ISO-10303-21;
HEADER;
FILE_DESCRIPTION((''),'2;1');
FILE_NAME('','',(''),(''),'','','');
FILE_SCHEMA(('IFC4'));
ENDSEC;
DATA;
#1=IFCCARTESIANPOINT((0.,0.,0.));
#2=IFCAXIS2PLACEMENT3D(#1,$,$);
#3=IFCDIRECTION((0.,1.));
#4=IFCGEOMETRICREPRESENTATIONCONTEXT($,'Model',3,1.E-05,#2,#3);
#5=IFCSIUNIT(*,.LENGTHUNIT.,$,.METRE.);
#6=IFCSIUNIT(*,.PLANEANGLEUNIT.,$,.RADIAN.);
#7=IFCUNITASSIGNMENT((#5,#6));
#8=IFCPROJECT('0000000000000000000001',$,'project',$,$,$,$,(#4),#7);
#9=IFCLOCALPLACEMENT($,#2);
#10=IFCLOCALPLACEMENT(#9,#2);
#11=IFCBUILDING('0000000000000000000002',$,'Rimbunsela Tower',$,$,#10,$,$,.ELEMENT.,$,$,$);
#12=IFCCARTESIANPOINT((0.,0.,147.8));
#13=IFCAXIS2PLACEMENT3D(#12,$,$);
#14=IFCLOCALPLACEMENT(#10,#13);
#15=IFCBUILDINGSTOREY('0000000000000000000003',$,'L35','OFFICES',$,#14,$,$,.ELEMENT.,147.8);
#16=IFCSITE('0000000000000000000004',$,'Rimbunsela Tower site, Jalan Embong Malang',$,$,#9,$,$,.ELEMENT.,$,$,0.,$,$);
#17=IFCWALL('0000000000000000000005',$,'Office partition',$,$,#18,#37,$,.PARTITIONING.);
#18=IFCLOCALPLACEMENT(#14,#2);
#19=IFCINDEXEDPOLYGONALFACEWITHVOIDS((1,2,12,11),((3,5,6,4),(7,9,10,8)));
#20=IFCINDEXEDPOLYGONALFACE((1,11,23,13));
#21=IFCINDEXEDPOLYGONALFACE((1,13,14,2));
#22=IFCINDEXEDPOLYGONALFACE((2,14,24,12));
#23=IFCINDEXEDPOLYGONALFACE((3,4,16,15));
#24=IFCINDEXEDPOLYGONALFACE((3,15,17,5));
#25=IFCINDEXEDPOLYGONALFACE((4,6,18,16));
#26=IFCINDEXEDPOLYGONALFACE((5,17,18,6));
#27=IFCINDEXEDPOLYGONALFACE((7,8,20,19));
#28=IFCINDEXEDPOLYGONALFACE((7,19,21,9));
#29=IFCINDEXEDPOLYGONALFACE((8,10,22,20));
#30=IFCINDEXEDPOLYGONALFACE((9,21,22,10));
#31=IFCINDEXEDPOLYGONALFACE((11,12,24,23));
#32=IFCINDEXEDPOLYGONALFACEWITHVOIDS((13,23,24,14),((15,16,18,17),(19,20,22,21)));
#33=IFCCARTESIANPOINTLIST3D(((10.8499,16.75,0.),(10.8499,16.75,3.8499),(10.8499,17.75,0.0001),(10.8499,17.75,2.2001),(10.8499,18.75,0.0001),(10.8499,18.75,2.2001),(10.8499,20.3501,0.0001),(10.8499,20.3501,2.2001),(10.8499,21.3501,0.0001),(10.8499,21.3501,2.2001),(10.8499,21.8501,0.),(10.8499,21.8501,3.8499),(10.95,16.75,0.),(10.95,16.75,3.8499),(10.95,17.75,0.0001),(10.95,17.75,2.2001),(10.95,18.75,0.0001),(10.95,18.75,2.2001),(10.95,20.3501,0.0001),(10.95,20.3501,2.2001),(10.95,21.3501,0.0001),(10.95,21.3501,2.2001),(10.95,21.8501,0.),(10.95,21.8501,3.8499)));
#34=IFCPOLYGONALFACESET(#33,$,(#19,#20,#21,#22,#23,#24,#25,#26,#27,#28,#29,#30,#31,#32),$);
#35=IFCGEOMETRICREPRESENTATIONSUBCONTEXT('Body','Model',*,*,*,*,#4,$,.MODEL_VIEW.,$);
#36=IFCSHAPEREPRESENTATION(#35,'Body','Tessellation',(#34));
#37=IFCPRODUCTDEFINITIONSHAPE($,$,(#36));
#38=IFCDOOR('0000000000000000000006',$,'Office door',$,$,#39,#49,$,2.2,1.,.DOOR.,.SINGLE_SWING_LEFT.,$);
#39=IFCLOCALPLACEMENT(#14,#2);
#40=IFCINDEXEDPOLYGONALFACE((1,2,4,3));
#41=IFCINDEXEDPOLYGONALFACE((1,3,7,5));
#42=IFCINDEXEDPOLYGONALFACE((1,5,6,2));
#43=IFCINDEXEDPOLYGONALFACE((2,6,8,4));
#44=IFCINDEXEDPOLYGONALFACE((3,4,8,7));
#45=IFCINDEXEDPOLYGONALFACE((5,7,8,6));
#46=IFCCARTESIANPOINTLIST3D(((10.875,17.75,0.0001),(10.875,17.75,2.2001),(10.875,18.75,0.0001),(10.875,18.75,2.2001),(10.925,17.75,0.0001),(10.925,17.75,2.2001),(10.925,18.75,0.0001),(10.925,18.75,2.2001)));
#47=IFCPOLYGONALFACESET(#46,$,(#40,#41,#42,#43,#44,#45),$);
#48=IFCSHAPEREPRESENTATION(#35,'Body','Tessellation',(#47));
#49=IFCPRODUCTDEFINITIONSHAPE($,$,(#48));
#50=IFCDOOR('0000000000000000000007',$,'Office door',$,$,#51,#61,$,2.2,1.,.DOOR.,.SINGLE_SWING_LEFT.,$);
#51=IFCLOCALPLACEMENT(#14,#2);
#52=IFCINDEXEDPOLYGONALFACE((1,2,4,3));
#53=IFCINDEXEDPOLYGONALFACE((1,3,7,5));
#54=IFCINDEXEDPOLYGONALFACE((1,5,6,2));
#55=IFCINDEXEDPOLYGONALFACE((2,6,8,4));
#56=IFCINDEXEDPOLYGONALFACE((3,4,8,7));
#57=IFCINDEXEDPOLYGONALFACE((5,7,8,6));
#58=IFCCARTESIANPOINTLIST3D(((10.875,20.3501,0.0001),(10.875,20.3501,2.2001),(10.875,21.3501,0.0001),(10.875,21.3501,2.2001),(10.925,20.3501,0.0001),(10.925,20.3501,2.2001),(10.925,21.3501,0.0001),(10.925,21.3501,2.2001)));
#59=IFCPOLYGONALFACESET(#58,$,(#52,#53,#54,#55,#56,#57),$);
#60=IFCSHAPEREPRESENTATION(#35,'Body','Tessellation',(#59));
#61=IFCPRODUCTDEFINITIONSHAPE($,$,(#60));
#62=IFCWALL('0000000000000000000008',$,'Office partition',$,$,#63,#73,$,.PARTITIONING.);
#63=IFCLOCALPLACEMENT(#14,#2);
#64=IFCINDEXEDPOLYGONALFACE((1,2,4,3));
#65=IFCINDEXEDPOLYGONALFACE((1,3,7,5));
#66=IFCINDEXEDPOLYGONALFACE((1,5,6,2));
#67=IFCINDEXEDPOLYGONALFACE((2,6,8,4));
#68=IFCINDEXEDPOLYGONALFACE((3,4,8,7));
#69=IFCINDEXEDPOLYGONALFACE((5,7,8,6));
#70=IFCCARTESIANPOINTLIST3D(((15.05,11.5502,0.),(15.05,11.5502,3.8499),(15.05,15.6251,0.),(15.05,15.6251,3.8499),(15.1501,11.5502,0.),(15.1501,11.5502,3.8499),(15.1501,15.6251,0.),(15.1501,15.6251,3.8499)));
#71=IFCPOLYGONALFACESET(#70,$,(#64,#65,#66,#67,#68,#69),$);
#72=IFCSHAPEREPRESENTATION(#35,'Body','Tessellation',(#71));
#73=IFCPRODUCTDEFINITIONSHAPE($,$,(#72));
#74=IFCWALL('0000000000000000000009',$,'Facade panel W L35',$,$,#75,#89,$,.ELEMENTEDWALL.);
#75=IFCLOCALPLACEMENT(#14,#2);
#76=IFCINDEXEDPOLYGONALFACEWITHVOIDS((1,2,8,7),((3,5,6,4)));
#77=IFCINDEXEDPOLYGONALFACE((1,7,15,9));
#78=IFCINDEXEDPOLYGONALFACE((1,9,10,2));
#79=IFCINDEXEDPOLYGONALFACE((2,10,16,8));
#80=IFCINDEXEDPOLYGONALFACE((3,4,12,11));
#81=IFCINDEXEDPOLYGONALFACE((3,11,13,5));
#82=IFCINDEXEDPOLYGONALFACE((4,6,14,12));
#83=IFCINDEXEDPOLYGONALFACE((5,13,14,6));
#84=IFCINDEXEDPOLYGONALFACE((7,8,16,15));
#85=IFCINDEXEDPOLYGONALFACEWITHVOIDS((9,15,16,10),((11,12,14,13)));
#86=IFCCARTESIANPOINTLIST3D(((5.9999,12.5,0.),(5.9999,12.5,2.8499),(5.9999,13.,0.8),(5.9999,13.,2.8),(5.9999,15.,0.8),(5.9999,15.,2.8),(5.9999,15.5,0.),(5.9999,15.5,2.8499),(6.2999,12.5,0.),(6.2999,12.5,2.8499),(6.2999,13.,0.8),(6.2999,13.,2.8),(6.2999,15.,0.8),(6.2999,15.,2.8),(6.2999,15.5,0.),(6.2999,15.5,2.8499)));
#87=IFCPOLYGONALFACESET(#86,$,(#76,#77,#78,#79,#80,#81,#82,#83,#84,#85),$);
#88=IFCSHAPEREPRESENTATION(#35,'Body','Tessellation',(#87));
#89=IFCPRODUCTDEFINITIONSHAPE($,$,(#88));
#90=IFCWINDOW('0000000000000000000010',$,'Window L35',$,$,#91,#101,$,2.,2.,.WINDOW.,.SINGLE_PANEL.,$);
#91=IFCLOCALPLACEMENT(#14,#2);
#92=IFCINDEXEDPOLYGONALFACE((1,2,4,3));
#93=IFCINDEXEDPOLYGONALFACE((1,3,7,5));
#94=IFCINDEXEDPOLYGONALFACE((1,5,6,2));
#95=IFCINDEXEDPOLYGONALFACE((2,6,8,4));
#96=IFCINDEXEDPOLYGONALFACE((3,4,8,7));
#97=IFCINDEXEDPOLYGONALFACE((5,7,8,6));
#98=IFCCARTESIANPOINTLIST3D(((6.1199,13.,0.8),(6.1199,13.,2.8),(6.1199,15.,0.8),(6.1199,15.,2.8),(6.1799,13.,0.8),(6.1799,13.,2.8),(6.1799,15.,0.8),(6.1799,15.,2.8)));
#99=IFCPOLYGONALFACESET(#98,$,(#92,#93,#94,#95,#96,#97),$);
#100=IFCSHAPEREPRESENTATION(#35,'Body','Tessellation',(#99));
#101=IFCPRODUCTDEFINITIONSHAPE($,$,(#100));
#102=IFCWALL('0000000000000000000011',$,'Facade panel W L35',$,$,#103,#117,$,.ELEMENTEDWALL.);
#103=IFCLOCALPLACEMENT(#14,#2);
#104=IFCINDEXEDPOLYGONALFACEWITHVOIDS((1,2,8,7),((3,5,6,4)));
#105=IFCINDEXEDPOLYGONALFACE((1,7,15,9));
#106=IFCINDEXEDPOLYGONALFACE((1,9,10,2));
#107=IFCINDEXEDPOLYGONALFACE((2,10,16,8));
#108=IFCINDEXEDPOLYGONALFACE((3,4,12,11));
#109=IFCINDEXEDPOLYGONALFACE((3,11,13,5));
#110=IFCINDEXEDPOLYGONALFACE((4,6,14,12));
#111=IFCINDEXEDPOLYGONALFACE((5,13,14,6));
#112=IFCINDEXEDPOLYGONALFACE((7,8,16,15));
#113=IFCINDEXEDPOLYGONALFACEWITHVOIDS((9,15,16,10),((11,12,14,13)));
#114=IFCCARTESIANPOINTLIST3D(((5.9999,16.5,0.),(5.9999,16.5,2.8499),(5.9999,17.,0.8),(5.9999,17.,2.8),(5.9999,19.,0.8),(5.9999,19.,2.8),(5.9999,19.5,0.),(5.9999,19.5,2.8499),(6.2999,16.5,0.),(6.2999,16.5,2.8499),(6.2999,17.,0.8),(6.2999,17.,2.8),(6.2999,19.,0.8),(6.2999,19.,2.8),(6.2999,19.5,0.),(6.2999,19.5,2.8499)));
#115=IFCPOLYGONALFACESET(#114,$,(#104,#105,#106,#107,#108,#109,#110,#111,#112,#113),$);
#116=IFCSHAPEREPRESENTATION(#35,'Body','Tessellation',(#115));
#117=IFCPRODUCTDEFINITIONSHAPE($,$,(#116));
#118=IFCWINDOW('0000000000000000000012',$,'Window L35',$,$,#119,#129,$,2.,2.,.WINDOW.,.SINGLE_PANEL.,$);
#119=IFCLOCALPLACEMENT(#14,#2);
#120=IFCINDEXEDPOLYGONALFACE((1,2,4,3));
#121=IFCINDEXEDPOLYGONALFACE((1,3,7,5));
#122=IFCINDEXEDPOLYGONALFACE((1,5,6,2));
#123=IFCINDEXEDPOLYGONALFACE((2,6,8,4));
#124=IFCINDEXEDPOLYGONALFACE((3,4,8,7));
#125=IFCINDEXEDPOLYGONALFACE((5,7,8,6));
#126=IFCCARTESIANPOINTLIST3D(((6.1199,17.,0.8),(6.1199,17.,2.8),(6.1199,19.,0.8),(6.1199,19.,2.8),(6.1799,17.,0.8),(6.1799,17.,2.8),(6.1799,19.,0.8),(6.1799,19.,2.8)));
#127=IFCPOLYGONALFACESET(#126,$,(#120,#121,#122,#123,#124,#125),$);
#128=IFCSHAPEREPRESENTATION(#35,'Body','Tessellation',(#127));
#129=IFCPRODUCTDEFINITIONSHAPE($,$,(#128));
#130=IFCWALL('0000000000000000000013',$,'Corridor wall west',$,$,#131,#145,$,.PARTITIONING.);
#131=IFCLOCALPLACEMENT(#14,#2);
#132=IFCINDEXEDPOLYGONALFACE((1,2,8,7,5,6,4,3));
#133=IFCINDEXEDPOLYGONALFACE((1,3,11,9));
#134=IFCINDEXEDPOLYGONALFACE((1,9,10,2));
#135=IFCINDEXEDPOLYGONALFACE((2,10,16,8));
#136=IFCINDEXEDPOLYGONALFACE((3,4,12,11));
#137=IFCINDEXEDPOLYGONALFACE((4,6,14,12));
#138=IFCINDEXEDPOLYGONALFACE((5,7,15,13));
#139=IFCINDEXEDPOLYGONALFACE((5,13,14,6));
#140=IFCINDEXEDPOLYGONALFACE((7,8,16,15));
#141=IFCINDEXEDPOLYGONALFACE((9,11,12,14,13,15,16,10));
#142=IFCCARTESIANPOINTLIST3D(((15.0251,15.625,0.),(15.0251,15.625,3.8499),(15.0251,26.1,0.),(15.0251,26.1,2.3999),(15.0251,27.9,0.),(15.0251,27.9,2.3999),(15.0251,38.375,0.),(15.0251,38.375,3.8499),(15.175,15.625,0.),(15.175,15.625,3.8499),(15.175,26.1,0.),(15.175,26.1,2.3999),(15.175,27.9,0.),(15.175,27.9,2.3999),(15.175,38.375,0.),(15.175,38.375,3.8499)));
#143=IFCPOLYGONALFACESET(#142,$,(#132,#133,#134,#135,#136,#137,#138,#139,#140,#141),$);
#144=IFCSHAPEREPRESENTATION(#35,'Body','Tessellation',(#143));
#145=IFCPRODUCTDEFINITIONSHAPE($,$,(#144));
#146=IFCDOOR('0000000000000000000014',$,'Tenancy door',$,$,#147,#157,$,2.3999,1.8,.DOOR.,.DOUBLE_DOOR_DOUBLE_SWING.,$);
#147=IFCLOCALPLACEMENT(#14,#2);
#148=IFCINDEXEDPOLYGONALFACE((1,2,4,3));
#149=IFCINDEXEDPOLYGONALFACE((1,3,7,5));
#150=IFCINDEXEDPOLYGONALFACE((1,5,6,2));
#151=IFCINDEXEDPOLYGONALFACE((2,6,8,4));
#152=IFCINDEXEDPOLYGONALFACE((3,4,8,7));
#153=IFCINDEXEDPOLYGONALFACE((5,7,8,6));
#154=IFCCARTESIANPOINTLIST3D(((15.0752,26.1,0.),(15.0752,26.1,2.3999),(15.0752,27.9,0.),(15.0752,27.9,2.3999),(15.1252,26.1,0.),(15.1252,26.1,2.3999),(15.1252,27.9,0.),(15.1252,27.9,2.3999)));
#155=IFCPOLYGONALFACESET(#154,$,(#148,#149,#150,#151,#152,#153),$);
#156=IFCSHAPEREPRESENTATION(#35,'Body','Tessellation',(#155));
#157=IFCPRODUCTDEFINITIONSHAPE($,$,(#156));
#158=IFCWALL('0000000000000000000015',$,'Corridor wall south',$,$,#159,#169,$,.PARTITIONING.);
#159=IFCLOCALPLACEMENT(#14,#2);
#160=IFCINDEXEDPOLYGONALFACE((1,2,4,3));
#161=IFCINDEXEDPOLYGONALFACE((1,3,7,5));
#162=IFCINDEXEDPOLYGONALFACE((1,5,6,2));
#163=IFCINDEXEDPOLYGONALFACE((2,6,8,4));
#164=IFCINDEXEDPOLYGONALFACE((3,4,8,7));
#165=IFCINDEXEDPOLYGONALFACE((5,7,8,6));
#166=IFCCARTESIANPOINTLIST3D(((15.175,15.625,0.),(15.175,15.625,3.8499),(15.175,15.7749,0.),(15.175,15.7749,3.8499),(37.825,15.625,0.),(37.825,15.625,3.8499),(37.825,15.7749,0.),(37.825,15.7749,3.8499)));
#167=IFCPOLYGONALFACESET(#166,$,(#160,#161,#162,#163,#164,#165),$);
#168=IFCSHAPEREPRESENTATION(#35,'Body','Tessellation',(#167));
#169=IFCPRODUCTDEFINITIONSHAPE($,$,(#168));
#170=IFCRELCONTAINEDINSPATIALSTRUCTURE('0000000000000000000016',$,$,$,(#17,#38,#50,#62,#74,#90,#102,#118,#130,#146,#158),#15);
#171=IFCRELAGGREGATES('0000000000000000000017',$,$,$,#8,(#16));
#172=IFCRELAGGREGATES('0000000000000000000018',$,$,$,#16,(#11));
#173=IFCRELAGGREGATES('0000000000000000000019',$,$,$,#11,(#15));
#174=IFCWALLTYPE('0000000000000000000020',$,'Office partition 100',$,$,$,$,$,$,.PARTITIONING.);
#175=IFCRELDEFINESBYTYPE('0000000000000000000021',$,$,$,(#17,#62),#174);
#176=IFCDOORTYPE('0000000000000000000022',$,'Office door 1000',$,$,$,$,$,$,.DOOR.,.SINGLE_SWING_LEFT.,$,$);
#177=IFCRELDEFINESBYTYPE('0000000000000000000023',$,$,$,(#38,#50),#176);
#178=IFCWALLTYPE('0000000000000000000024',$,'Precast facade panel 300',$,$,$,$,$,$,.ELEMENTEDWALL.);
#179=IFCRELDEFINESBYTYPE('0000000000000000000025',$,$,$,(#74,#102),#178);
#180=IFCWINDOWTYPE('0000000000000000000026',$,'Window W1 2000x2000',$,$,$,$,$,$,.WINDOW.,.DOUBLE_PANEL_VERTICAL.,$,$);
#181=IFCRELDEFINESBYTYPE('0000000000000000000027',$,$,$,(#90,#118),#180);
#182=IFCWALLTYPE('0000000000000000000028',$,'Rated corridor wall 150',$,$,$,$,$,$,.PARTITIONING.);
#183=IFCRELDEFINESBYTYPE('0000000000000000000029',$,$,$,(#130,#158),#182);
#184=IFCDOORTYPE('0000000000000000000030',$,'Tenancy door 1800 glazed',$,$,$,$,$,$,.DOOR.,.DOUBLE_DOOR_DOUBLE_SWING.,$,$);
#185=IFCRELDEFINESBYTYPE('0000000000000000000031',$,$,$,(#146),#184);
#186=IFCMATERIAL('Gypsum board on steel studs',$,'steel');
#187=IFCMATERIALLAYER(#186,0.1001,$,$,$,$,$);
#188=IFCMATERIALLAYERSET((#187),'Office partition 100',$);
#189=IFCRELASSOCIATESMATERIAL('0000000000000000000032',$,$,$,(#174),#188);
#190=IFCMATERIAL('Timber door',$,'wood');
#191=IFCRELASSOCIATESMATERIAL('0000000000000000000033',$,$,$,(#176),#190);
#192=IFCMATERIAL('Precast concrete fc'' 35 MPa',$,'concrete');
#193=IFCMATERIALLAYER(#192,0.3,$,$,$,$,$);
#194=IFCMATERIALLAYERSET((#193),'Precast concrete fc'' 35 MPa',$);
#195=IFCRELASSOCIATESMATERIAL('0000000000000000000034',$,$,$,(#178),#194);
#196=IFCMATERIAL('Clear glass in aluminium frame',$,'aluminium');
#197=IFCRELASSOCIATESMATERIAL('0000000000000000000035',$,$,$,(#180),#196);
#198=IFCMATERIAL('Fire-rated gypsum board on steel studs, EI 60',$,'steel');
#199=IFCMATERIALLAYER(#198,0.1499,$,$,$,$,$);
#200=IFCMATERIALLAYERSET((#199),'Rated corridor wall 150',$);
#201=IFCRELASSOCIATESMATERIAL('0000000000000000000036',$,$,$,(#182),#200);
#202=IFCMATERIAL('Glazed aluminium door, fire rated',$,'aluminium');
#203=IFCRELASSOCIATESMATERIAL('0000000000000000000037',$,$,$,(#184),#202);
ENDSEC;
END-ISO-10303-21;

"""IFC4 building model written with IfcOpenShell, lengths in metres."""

from ifc_helpers import new_model, si_unit, direction, frame, frame_2d, origin, place, context, subcontext, project, spatial, rectangle, extrude, material, layer, layer_set, type_object, element, fill, save


model = new_model("IFC4")

# Units and contexts
model_context = context("Model", 3, precision=1e-05, world=origin(), true_north=direction((0.0, 1.0)))
body_context = subcontext(model_context, "Body", "Model", "MODEL_VIEW")
ifc_project = project(units=[si_unit("LENGTHUNIT", "METRE"), si_unit("PLANEANGLEUNIT", "RADIAN")], contexts=[model_context])

# Site, building, storey
site_placement = place(None, origin())
site = spatial("IfcSite", under=ifc_project, at=site_placement, Name="Rimbunsela Tower site, Jalan Embong Malang", CompositionType="ELEMENT", RefElevation=0.0)
building_placement = place(site_placement, origin())
building = spatial("IfcBuilding", under=site, at=building_placement, Name="Rimbunsela Tower", CompositionType="ELEMENT")
storey_placement = place(building_placement, frame((0.0, 0.0, 147.8)))
storey = spatial("IfcBuildingStorey", under=building, at=storey_placement, Name="L35", Description="OFFICES", CompositionType="ELEMENT", Elevation=147.8)

# Shared definitions
ifc_material_1 = material(Name="Gypsum board on steel studs", Category="steel")
ifc_layer_1 = layer(ifc_material_1, 0.1001)
ifc_layer_set_1 = layer_set([ifc_layer_1], Name="Office partition 100")
wall_type_1 = type_object("IfcWallType", Name="Office partition 100", PredefinedType="PARTITIONING", material=ifc_layer_set_1)
ifc_material_2 = material(Name="Timber door", Category="wood")
door_type_1 = type_object("IfcDoorType", Name="Office door 1000", OperationType="SINGLE_SWING_LEFT", PredefinedType="DOOR", material=ifc_material_2)

# Wall, openings, doors
wall_1_placement = place(storey_placement, frame((10.8999, 16.75, 0.0), z_axis=(0.0, 0.0, 1.0), x_axis=(0.0, 1.0, 0.0)))
wall_1 = element("IfcWall", 1, at=wall_1_placement, inside=storey, type_object=wall_type_1, Name="Office partition", PredefinedType="PARTITIONING", context=body_context, shape_type="SweptSolid", body=[
    extrude(rectangle(XDim=5.1001, YDim=0.1001, at=frame_2d((2.55, 0.0))), origin(), (0.0, 0.0, 1.0), 3.8499),
])
opening_1_placement = place(wall_1_placement, frame((1.0, 0.0, 0.0)))
opening_1 = element("IfcOpeningElement", 2, at=opening_1_placement, cuts=wall_1, PredefinedType="OPENING", context=body_context, shape_type="SweptSolid", body=[
    extrude(rectangle(XDim=1.0, YDim=2.2, at=frame_2d((0.5, 1.1001))), frame((0.0, 0.0601, 0.0), z_axis=(0.0, -1.0, 0.0), x_axis=(1.0, 0.0, 0.0)), (0.0, 0.0, 1.0), 0.1201),
])
opening_2_placement = place(wall_1_placement, frame((3.6001, 0.0, 0.0)))
opening_2 = element("IfcOpeningElement", 3, at=opening_2_placement, cuts=wall_1, PredefinedType="OPENING", context=body_context, shape_type="SweptSolid", body=[
    extrude(rectangle(XDim=1.0, YDim=2.2, at=frame_2d((0.5, 1.1001))), frame((0.0, 0.0601, 0.0), z_axis=(0.0, -1.0, 0.0), x_axis=(1.0, 0.0, 0.0)), (0.0, 0.0, 1.0), 0.1201),
])
door_1_placement = place(opening_1_placement, origin())
door_1 = element("IfcDoor", 4, at=door_1_placement, inside=storey, type_object=door_type_1, Name="Office door", OperationType="SINGLE_SWING_LEFT", OverallHeight=2.2, OverallWidth=1.0, PredefinedType="DOOR", context=body_context, shape_type="SweptSolid", body=[
    extrude(rectangle(XDim=1.0, YDim=2.2, at=frame_2d((0.5, 1.1001))), frame((0.0, 0.0249, 0.0), z_axis=(0.0, -1.0, 0.0), x_axis=(1.0, 0.0, 0.0)), (0.0, 0.0, 1.0), 0.05),
])
fill(opening_1, door_1)
door_2_placement = place(opening_2_placement, origin())
door_2 = element("IfcDoor", 5, at=door_2_placement, inside=storey, type_object=door_type_1, Name="Office door", OperationType="SINGLE_SWING_LEFT", OverallHeight=2.2, OverallWidth=1.0, PredefinedType="DOOR", context=body_context, shape_type="SweptSolid", body=[
    extrude(rectangle(XDim=1.0, YDim=2.2, at=frame_2d((0.5, 1.1001))), frame((0.0, 0.0249, 0.0), z_axis=(0.0, -1.0, 0.0), x_axis=(1.0, 0.0, 0.0)), (0.0, 0.0, 1.0), 0.05),
])
fill(opening_2, door_2)

# Wall
wall_2_placement = place(storey_placement, frame((15.1001, 11.55, 0.0), z_axis=(0.0, 0.0, 1.0), x_axis=(0.0, 1.0, 0.0)))
element("IfcWall", 6, at=wall_2_placement, inside=storey, type_object=wall_type_1, Name="Office partition", PredefinedType="PARTITIONING", context=body_context, shape_type="SweptSolid", body=[
    extrude(rectangle(XDim=4.075, YDim=0.1001, at=frame_2d((2.0376, 0.0))), origin(), (0.0, 0.0, 1.0), 3.8499),
])

# Walls, openings, windows
ifc_material_3 = material(Name="Precast concrete fc' 35 MPa", Category="concrete")
ifc_layer_2 = layer(ifc_material_3, 0.3)
ifc_layer_set_2 = layer_set([ifc_layer_2], Name="Precast concrete fc' 35 MPa")
wall_type_2 = type_object("IfcWallType", Name="Precast facade panel 300", PredefinedType="ELEMENTEDWALL", material=ifc_layer_set_2)
wall_3_placement = place(storey_placement, frame((6.1499, 15.5, 0.0), z_axis=(0.0, 0.0, 1.0), x_axis=(0.0, -1.0, 0.0)))
wall_3 = element("IfcWall", 7, at=wall_3_placement, inside=storey, type_object=wall_type_2, Name="Facade panel W L35", PredefinedType="ELEMENTEDWALL", context=body_context, shape_type="SweptSolid", body=[
    extrude(rectangle(XDim=3.0, YDim=0.3, at=frame_2d((1.5, 0.0))), origin(), (0.0, 0.0, 1.0), 2.8499),
])
opening_3_placement = place(wall_3_placement, frame((0.5, 0.0, 0.8)))
opening_3 = element("IfcOpeningElement", 8, at=opening_3_placement, cuts=wall_3, PredefinedType="OPENING", context=body_context, shape_type="SweptSolid", body=[
    extrude(rectangle(XDim=2.0, YDim=2.0, at=frame_2d((1.0, 1.0))), frame((0.0, 0.1599, 0.0), z_axis=(0.0, -1.0, 0.0), x_axis=(1.0, 0.0, 0.0)), (0.0, 0.0, 1.0), 0.3201),
])
ifc_material_4 = material(Name="Clear glass in aluminium frame", Category="aluminium")
window_type = type_object("IfcWindowType", Name="Window W1 2000x2000", PartitioningType="DOUBLE_PANEL_VERTICAL", PredefinedType="WINDOW", material=ifc_material_4)
window_1_placement = place(opening_3_placement, origin())
window_1 = element("IfcWindow", 9, at=window_1_placement, inside=storey, type_object=window_type, Name="Window L35", OverallHeight=2.0, OverallWidth=2.0, PartitioningType="SINGLE_PANEL", PredefinedType="WINDOW", context=body_context, shape_type="SweptSolid", body=[
    extrude(rectangle(XDim=2.0, YDim=2.0, at=frame_2d((1.0, 1.0))), frame((0.0, 0.03, 0.0), z_axis=(0.0, -1.0, 0.0), x_axis=(1.0, 0.0, 0.0)), (0.0, 0.0, 1.0), 0.0601),
])
fill(opening_3, window_1)
wall_4_placement = place(storey_placement, frame((6.1499, 19.5, 0.0), z_axis=(0.0, 0.0, 1.0), x_axis=(0.0, -1.0, 0.0)))
wall_4 = element("IfcWall", 10, at=wall_4_placement, inside=storey, type_object=wall_type_2, Name="Facade panel W L35", PredefinedType="ELEMENTEDWALL", context=body_context, shape_type="SweptSolid", body=[
    extrude(rectangle(XDim=3.0, YDim=0.3, at=frame_2d((1.5, 0.0))), origin(), (0.0, 0.0, 1.0), 2.8499),
])
opening_4_placement = place(wall_4_placement, frame((0.5, 0.0, 0.8)))
opening_4 = element("IfcOpeningElement", 11, at=opening_4_placement, cuts=wall_4, PredefinedType="OPENING", context=body_context, shape_type="SweptSolid", body=[
    extrude(rectangle(XDim=2.0, YDim=2.0, at=frame_2d((1.0, 1.0))), frame((0.0, 0.1599, 0.0), z_axis=(0.0, -1.0, 0.0), x_axis=(1.0, 0.0, 0.0)), (0.0, 0.0, 1.0), 0.3201),
])
window_2_placement = place(opening_4_placement, origin())
window_2 = element("IfcWindow", 12, at=window_2_placement, inside=storey, type_object=window_type, Name="Window L35", OverallHeight=2.0, OverallWidth=2.0, PartitioningType="SINGLE_PANEL", PredefinedType="WINDOW", context=body_context, shape_type="SweptSolid", body=[
    extrude(rectangle(XDim=2.0, YDim=2.0, at=frame_2d((1.0, 1.0))), frame((0.0, 0.03, 0.0), z_axis=(0.0, -1.0, 0.0), x_axis=(1.0, 0.0, 0.0)), (0.0, 0.0, 1.0), 0.0601),
])
fill(opening_4, window_2)

# Wall, opening, door
ifc_material_5 = material(Name="Fire-rated gypsum board on steel studs, EI 60", Category="steel")
ifc_layer_3 = layer(ifc_material_5, 0.1499)
ifc_layer_set_3 = layer_set([ifc_layer_3], Name="Rated corridor wall 150")
wall_type_3 = type_object("IfcWallType", Name="Rated corridor wall 150", PredefinedType="PARTITIONING", material=ifc_layer_set_3)
wall_5_placement = place(storey_placement, frame((15.1001, 15.625, 0.0), z_axis=(0.0, 0.0, 1.0), x_axis=(0.0, 1.0, 0.0)))
wall_5 = element("IfcWall", 13, at=wall_5_placement, inside=storey, type_object=wall_type_3, Name="Corridor wall west", PredefinedType="PARTITIONING", context=body_context, shape_type="SweptSolid", body=[
    extrude(rectangle(XDim=22.75, YDim=0.1499, at=frame_2d((11.375, 0.0))), origin(), (0.0, 0.0, 1.0), 3.8499),
])
opening_5_placement = place(wall_5_placement, frame((10.4751, 0.0, 0.0)))
opening_5 = element("IfcOpeningElement", 14, at=opening_5_placement, cuts=wall_5, PredefinedType="OPENING", context=body_context, shape_type="SweptSolid", body=[
    extrude(rectangle(XDim=1.8, YDim=2.3999, at=frame_2d((0.8999, 1.2))), frame((0.0, 0.085, 0.0), z_axis=(0.0, -1.0, 0.0), x_axis=(1.0, 0.0, 0.0)), (0.0, 0.0, 1.0), 0.1699),
])
ifc_material_6 = material(Name="Glazed aluminium door, fire rated", Category="aluminium")
door_type_2 = type_object("IfcDoorType", Name="Tenancy door 1800 glazed", OperationType="DOUBLE_DOOR_DOUBLE_SWING", PredefinedType="DOOR", material=ifc_material_6)
door_3_placement = place(opening_5_placement, origin())
door_3 = element("IfcDoor", 15, at=door_3_placement, inside=storey, type_object=door_type_2, Name="Tenancy door", OperationType="DOUBLE_DOOR_DOUBLE_SWING", OverallHeight=2.3999, OverallWidth=1.8, PredefinedType="DOOR", context=body_context, shape_type="SweptSolid", body=[
    extrude(rectangle(XDim=1.8, YDim=2.3999, at=frame_2d((0.8999, 1.2))), frame((0.0, 0.0249, 0.0), z_axis=(0.0, -1.0, 0.0), x_axis=(1.0, 0.0, 0.0)), (0.0, 0.0, 1.0), 0.05),
])
fill(opening_5, door_3)

# Wall
wall_6_placement = place(storey_placement, frame((15.175, 15.7, 0.0), z_axis=(0.0, 0.0, 1.0), x_axis=(1.0, 0.0, 0.0)))
element("IfcWall", 16, at=wall_6_placement, inside=storey, type_object=wall_type_3, Name="Corridor wall south", PredefinedType="PARTITIONING", context=body_context, shape_type="SweptSolid", body=[
    extrude(rectangle(XDim=22.6499, YDim=0.1499, at=frame_2d((11.325, 0.0))), origin(), (0.0, 0.0, 1.0), 3.8499),
])

save(model, "model.ifc")
